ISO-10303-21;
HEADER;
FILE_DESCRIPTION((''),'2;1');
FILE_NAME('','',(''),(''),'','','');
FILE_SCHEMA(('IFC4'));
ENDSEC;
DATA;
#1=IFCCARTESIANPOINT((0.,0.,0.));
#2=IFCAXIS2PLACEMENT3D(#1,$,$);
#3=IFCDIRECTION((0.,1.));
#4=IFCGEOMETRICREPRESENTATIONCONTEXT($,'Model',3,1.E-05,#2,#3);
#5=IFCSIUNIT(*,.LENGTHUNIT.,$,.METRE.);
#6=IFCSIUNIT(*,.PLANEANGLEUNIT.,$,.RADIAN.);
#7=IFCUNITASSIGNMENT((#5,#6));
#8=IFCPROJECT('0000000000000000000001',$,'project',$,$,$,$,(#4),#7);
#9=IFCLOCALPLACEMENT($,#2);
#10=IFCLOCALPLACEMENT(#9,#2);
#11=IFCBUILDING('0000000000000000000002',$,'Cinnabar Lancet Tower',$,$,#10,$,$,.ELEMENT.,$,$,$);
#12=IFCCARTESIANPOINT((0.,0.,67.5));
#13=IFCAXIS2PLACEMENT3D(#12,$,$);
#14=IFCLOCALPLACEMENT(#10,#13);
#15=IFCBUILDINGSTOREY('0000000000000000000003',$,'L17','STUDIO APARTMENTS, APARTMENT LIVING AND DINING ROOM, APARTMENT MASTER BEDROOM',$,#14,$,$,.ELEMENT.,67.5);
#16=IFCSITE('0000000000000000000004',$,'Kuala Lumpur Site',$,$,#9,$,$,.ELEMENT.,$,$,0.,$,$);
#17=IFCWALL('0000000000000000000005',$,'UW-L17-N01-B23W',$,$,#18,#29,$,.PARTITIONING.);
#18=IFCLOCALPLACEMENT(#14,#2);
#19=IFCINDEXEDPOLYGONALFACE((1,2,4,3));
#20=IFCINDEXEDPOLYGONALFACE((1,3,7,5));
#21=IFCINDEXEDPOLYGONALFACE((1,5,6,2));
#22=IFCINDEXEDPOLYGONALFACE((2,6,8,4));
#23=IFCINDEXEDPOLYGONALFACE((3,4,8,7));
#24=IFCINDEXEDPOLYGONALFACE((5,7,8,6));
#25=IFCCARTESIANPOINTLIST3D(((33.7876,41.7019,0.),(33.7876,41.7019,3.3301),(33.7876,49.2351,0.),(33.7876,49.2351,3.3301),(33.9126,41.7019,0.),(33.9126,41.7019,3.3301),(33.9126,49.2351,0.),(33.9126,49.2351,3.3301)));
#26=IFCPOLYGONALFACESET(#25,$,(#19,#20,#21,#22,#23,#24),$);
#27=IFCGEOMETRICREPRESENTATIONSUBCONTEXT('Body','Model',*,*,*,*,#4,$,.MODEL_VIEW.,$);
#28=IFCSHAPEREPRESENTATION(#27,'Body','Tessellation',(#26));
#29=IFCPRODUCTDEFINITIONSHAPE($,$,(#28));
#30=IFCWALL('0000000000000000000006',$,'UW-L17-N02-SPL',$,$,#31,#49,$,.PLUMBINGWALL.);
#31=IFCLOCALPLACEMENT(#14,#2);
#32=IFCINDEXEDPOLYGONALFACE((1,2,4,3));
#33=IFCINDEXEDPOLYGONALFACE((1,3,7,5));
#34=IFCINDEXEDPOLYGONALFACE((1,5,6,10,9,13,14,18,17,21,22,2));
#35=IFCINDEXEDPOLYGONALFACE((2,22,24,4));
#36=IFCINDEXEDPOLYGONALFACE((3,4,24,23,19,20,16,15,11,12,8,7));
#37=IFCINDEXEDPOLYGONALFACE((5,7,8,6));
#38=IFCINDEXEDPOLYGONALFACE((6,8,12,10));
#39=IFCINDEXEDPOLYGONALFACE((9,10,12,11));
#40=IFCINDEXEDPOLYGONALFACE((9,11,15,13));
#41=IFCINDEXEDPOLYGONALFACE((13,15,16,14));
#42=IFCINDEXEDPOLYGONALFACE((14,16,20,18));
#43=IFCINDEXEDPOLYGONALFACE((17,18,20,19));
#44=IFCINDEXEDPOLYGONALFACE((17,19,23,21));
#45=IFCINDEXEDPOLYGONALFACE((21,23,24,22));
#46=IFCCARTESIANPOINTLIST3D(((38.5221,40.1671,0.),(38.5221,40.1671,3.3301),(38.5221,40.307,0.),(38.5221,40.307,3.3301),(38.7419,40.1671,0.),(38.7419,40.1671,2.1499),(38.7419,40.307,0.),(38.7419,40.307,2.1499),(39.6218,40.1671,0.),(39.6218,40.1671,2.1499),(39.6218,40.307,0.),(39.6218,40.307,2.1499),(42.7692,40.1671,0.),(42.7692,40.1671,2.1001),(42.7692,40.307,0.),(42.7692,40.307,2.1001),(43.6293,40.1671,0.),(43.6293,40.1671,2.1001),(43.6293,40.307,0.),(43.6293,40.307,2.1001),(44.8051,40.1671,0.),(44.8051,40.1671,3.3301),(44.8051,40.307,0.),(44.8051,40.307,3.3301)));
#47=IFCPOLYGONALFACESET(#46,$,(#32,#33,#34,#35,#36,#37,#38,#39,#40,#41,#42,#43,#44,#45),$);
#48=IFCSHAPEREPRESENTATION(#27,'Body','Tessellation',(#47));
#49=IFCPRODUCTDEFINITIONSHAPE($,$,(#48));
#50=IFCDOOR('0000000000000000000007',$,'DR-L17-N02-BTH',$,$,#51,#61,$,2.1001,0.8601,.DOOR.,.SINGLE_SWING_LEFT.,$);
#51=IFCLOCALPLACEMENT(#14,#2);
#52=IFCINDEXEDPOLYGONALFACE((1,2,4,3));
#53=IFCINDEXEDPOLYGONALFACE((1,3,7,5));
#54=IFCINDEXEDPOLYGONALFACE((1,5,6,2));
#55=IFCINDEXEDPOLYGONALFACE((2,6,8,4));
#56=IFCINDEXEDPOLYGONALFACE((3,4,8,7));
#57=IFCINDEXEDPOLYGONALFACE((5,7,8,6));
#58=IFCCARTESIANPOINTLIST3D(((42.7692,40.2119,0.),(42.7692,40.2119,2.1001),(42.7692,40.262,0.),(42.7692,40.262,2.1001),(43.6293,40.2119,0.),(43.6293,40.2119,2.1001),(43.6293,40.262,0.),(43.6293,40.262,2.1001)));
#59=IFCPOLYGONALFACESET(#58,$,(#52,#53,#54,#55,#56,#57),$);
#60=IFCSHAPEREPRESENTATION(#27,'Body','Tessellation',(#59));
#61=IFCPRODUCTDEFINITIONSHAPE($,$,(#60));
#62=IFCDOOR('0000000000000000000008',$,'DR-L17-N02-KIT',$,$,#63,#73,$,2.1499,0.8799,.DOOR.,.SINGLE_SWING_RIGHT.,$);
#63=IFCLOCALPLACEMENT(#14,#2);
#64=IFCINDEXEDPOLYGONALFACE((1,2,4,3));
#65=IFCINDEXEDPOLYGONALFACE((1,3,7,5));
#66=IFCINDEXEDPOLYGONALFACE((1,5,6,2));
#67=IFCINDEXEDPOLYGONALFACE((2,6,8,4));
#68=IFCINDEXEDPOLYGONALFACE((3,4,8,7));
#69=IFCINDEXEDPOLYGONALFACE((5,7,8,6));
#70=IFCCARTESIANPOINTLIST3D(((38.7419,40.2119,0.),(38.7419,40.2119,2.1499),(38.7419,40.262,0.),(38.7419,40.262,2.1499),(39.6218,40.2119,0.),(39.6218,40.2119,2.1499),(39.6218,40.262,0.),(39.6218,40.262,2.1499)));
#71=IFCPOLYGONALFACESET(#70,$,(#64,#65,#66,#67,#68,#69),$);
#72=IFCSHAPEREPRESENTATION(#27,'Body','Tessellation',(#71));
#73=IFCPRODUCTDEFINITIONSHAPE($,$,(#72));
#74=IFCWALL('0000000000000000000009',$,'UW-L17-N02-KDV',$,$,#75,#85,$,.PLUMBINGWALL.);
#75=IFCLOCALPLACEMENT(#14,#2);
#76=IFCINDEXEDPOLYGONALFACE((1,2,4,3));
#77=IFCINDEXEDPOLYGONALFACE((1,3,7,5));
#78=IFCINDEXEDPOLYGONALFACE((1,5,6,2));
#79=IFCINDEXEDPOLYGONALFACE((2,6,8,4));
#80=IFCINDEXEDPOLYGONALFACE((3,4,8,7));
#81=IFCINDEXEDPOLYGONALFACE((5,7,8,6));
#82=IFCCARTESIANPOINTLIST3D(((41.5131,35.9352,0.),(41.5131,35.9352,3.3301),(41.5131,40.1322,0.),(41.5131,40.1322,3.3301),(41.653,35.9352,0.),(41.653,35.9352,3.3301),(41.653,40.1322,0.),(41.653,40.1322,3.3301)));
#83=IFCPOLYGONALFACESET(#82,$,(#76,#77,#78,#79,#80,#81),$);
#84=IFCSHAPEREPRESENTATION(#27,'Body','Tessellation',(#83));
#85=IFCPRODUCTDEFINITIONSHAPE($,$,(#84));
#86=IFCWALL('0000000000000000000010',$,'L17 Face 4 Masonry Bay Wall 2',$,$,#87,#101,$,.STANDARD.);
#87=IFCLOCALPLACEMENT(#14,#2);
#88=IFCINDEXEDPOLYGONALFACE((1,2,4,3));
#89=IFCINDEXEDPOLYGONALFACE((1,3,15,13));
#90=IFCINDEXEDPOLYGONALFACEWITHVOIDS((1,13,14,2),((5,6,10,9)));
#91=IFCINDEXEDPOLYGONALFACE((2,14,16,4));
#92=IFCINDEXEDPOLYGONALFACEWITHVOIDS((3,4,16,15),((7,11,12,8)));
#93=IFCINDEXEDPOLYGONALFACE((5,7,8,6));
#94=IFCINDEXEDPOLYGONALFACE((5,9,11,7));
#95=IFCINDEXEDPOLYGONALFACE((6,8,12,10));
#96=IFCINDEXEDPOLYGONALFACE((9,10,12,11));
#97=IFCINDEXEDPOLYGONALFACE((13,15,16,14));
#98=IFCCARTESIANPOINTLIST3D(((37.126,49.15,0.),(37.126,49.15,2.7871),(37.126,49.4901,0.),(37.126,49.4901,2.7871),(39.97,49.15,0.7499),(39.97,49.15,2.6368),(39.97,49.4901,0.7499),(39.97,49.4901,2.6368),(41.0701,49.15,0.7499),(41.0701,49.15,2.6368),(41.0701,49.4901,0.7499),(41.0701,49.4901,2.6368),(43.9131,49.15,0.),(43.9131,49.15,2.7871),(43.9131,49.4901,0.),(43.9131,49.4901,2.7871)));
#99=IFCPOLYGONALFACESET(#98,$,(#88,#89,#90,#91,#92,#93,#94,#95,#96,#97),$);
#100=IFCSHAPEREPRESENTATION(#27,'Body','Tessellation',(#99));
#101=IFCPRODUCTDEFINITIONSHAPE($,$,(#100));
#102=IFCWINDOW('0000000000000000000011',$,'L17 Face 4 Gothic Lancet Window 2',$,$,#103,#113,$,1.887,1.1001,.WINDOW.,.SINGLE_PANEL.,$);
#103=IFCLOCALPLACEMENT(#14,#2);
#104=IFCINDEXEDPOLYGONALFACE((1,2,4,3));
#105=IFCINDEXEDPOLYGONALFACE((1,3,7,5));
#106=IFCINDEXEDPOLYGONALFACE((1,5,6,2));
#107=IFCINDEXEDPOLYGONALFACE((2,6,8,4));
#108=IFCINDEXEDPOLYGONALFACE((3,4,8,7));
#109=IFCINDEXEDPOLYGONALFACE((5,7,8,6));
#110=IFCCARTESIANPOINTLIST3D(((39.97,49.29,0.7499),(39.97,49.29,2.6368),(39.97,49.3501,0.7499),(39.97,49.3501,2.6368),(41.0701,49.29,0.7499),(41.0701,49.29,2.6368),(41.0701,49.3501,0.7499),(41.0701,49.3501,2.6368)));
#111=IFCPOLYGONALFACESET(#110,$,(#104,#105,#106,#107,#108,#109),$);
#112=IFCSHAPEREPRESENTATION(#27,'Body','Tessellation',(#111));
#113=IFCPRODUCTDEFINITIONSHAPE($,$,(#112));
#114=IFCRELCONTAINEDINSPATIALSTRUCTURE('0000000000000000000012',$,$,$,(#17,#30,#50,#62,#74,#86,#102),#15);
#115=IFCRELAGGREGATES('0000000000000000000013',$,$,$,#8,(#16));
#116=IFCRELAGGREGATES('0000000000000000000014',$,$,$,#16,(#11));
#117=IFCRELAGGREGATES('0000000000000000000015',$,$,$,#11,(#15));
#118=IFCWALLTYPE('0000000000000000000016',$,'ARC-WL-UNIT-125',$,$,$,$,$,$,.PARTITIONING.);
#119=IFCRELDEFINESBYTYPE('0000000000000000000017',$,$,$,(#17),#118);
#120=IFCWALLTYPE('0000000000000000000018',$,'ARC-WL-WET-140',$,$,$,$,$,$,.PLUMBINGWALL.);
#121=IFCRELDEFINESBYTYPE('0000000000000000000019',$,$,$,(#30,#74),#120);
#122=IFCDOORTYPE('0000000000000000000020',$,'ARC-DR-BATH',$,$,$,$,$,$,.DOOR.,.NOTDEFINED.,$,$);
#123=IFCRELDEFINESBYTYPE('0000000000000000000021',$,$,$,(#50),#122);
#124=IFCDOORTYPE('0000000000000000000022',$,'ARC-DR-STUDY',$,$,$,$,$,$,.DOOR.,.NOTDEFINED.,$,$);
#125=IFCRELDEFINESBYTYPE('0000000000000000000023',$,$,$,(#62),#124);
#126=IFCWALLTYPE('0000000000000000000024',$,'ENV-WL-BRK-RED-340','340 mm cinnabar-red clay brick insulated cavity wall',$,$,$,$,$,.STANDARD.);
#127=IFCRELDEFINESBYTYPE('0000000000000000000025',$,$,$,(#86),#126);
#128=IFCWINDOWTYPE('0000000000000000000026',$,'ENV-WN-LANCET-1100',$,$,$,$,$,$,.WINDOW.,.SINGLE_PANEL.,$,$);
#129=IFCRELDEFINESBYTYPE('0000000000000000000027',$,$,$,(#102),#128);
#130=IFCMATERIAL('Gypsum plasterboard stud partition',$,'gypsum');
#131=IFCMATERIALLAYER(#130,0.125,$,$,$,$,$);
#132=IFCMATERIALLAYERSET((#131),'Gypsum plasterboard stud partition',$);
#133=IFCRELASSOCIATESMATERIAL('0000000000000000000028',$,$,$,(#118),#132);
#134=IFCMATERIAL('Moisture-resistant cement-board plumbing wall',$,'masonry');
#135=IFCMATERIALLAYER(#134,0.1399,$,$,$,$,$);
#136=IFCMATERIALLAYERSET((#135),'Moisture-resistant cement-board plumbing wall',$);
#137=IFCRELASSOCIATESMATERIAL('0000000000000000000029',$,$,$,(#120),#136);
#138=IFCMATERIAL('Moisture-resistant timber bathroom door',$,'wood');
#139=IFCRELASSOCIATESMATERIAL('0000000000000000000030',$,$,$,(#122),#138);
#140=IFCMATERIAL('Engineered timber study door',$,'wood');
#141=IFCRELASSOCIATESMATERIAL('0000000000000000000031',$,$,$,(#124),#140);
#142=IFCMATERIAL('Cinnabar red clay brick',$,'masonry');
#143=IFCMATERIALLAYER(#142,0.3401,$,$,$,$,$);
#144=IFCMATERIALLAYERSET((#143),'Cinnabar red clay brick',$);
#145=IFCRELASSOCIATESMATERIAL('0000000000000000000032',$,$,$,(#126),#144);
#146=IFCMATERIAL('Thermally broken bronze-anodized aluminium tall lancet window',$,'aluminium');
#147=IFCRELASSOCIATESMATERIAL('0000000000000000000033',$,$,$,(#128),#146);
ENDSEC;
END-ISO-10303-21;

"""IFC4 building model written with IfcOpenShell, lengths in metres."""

from ifc_helpers import new_model, si_unit, direction, frame, frame_2d, origin, place, context, subcontext, project, spatial, rectangle, extrude, material, layer, layer_set, type_object, element, fill, save


model = new_model("IFC4")

# Units and contexts
model_context = context("Model", 3, precision=1e-05, world=origin(), true_north=direction((0.0, 1.0)))
body_context = subcontext(model_context, "Body", "Model", "MODEL_VIEW")
ifc_project = project(units=[si_unit("LENGTHUNIT", "METRE"), si_unit("PLANEANGLEUNIT", "RADIAN")], contexts=[model_context])

# Site, building, storey
site_placement = place(None, origin())
site = spatial("IfcSite", under=ifc_project, at=site_placement, Name="Kuala Lumpur Site", CompositionType="ELEMENT", RefElevation=0.0)
building_placement = place(site_placement, origin())
building = spatial("IfcBuilding", under=site, at=building_placement, Name="Cinnabar Lancet Tower", CompositionType="ELEMENT")
storey_placement = place(building_placement, frame((0.0, 0.0, 67.5)))
storey = spatial("IfcBuildingStorey", under=building, at=storey_placement, Name="L17", Description="STUDIO APARTMENTS, APARTMENT LIVING AND DINING ROOM, APARTMENT MASTER BEDROOM", CompositionType="ELEMENT", Elevation=67.5)

# Shared definitions
ifc_material_1 = material(Name="Gypsum plasterboard stud partition", Category="gypsum")
ifc_layer_1 = layer(ifc_material_1, 0.125)
ifc_layer_set_1 = layer_set([ifc_layer_1], Name="Gypsum plasterboard stud partition")
wall_type_1 = type_object("IfcWallType", Name="ARC-WL-UNIT-125", PredefinedType="PARTITIONING", material=ifc_layer_set_1)

# Wall
wall_1_placement = place(storey_placement, frame((33.8501, 41.7019, 0.0), z_axis=(0.0, 0.0, 1.0), x_axis=(0.0, 1.0, 0.0)))
element("IfcWall", 1, at=wall_1_placement, inside=storey, type_object=wall_type_1, Name="UW-L17-N01-B23W", PredefinedType="PARTITIONING", context=body_context, shape_type="SweptSolid", body=[
    extrude(rectangle(XDim=7.5332, YDim=0.125, at=frame_2d((3.7666, 0.0))), origin(), (0.0, 0.0, 1.0), 3.3301),
])

# Wall, openings, doors
ifc_material_2 = material(Name="Moisture-resistant cement-board plumbing wall", Category="masonry")
ifc_layer_2 = layer(ifc_material_2, 0.1399)
ifc_layer_set_2 = layer_set([ifc_layer_2], Name="Moisture-resistant cement-board plumbing wall")
wall_type_2 = type_object("IfcWallType", Name="ARC-WL-WET-140", PredefinedType="PLUMBINGWALL", material=ifc_layer_set_2)
wall_2_placement = place(storey_placement, frame((38.522, 40.2371, 0.0), z_axis=(0.0, 0.0, 1.0), x_axis=(1.0, 0.0, 0.0)))
wall_2 = element("IfcWall", 2, at=wall_2_placement, inside=storey, type_object=wall_type_2, Name="UW-L17-N02-SPL", PredefinedType="PLUMBINGWALL", context=body_context, shape_type="SweptSolid", body=[
    extrude(rectangle(XDim=6.283, YDim=0.1399, at=frame_2d((3.1416, 0.0))), origin(), (0.0, 0.0, 1.0), 3.3301),
])
opening_1_placement = place(wall_2_placement, frame((4.2471, 0.0, 0.0)))
opening_1 = element("IfcOpeningElement", 3, at=opening_1_placement, cuts=wall_2, PredefinedType="OPENING", context=body_context, shape_type="SweptSolid", body=[
    extrude(rectangle(XDim=0.8601, YDim=2.1001, at=frame_2d((0.4302, 1.05))), frame((0.0, 0.0798, 0.0), z_axis=(0.0, -1.0, 0.0), x_axis=(1.0, 0.0, 0.0)), (0.0, 0.0, 1.0), 0.1599),
])
opening_2_placement = place(wall_2_placement, frame((0.22, 0.0, 0.0)))
opening_2 = element("IfcOpeningElement", 4, at=opening_2_placement, cuts=wall_2, PredefinedType="OPENING", context=body_context, shape_type="SweptSolid", body=[
    extrude(rectangle(XDim=0.8799, YDim=2.1499, at=frame_2d((0.4399, 1.075))), frame((0.0, 0.0798, 0.0), z_axis=(0.0, -1.0, 0.0), x_axis=(1.0, 0.0, 0.0)), (0.0, 0.0, 1.0), 0.1599),
])
ifc_material_3 = material(Name="Moisture-resistant timber bathroom door", Category="wood")
door_type_1 = type_object("IfcDoorType", Name="ARC-DR-BATH", OperationType="NOTDEFINED", PredefinedType="DOOR", material=ifc_material_3)
door_1_placement = place(opening_1_placement, origin())
door_1 = element("IfcDoor", 5, at=door_1_placement, inside=storey, type_object=door_type_1, Name="DR-L17-N02-BTH", OperationType="SINGLE_SWING_LEFT", OverallHeight=2.1001, OverallWidth=0.8601, PredefinedType="DOOR", context=body_context, shape_type="SweptSolid", body=[
    extrude(rectangle(XDim=0.8601, YDim=2.1001, at=frame_2d((0.4302, 1.05))), frame((0.0, 0.0249, 0.0), z_axis=(0.0, -1.0, 0.0), x_axis=(1.0, 0.0, 0.0)), (0.0, 0.0, 1.0), 0.05),
])
fill(opening_1, door_1)
ifc_material_4 = material(Name="Engineered timber study door", Category="wood")
door_type_2 = type_object("IfcDoorType", Name="ARC-DR-STUDY", OperationType="NOTDEFINED", PredefinedType="DOOR", material=ifc_material_4)
door_2_placement = place(opening_2_placement, origin())
door_2 = element("IfcDoor", 6, at=door_2_placement, inside=storey, type_object=door_type_2, Name="DR-L17-N02-KIT", OperationType="SINGLE_SWING_RIGHT", OverallHeight=2.1499, OverallWidth=0.8799, PredefinedType="DOOR", context=body_context, shape_type="SweptSolid", body=[
    extrude(rectangle(XDim=0.8799, YDim=2.1499, at=frame_2d((0.4399, 1.075))), frame((0.0, 0.0249, 0.0), z_axis=(0.0, -1.0, 0.0), x_axis=(1.0, 0.0, 0.0)), (0.0, 0.0, 1.0), 0.05),
])
fill(opening_2, door_2)

# Wall
wall_3_placement = place(storey_placement, frame((41.583, 35.9351, 0.0), z_axis=(0.0, 0.0, 1.0), x_axis=(0.0, 1.0, 0.0)))
element("IfcWall", 7, at=wall_3_placement, inside=storey, type_object=wall_type_2, Name="UW-L17-N02-KDV", PredefinedType="PLUMBINGWALL", context=body_context, shape_type="SweptSolid", body=[
    extrude(rectangle(XDim=4.197, YDim=0.1399, at=frame_2d((2.0986, 0.0))), origin(), (0.0, 0.0, 1.0), 3.3301),
])

# Wall, opening, window
ifc_material_5 = material(Name="Cinnabar red clay brick", Category="masonry")
ifc_layer_3 = layer(ifc_material_5, 0.3401)
ifc_layer_set_3 = layer_set([ifc_layer_3], Name="Cinnabar red clay brick")
wall_type_3 = type_object("IfcWallType", Name="ENV-WL-BRK-RED-340", Description="340 mm cinnabar-red clay brick insulated cavity wall", PredefinedType="STANDARD", material=ifc_layer_set_3)
wall_4_placement = place(storey_placement, frame((43.9131, 49.3201, 0.0), z_axis=(0.0, 0.0, 1.0), x_axis=(-1.0, 0.0, 0.0)))
wall_4 = element("IfcWall", 8, at=wall_4_placement, inside=storey, type_object=wall_type_3, Name="L17 Face 4 Masonry Bay Wall 2", PredefinedType="STANDARD", context=body_context, shape_type="SweptSolid", body=[
    extrude(rectangle(XDim=6.7871, YDim=0.3401, at=frame_2d((3.3936, 0.0))), origin(), (0.0, 0.0, 1.0), 2.7871),
])
opening_3_placement = place(wall_4_placement, frame((2.843, 0.0, 0.75)))
opening_3 = element("IfcOpeningElement", 9, at=opening_3_placement, cuts=wall_4, PredefinedType="OPENING", context=body_context, shape_type="SweptSolid", body=[
    extrude(rectangle(XDim=1.1001, YDim=1.887, at=frame_2d((0.55, 0.9434))), frame((0.0, 0.1799, 0.0), z_axis=(0.0, -1.0, 0.0), x_axis=(1.0, 0.0, 0.0)), (0.0, 0.0, 1.0), 0.3601),
])
ifc_material_6 = material(Name="Thermally broken bronze-anodized aluminium tall lancet window", Category="aluminium")
window_type = type_object("IfcWindowType", Name="ENV-WN-LANCET-1100", PartitioningType="SINGLE_PANEL", PredefinedType="WINDOW", material=ifc_material_6)
window_1_placement = place(opening_3_placement, origin())
window_1 = element("IfcWindow", 10, at=window_1_placement, inside=storey, type_object=window_type, Name="L17 Face 4 Gothic Lancet Window 2", OverallHeight=1.887, OverallWidth=1.1001, PartitioningType="SINGLE_PANEL", PredefinedType="WINDOW", context=body_context, shape_type="SweptSolid", body=[
    extrude(rectangle(XDim=1.1001, YDim=1.887, at=frame_2d((0.55, 0.9434))), frame((0.0, 0.03, 0.0), z_axis=(0.0, -1.0, 0.0), x_axis=(1.0, 0.0, 0.0)), (0.0, 0.0, 1.0), 0.0601),
])
fill(opening_3, window_1)

save(model, "model.ifc")
